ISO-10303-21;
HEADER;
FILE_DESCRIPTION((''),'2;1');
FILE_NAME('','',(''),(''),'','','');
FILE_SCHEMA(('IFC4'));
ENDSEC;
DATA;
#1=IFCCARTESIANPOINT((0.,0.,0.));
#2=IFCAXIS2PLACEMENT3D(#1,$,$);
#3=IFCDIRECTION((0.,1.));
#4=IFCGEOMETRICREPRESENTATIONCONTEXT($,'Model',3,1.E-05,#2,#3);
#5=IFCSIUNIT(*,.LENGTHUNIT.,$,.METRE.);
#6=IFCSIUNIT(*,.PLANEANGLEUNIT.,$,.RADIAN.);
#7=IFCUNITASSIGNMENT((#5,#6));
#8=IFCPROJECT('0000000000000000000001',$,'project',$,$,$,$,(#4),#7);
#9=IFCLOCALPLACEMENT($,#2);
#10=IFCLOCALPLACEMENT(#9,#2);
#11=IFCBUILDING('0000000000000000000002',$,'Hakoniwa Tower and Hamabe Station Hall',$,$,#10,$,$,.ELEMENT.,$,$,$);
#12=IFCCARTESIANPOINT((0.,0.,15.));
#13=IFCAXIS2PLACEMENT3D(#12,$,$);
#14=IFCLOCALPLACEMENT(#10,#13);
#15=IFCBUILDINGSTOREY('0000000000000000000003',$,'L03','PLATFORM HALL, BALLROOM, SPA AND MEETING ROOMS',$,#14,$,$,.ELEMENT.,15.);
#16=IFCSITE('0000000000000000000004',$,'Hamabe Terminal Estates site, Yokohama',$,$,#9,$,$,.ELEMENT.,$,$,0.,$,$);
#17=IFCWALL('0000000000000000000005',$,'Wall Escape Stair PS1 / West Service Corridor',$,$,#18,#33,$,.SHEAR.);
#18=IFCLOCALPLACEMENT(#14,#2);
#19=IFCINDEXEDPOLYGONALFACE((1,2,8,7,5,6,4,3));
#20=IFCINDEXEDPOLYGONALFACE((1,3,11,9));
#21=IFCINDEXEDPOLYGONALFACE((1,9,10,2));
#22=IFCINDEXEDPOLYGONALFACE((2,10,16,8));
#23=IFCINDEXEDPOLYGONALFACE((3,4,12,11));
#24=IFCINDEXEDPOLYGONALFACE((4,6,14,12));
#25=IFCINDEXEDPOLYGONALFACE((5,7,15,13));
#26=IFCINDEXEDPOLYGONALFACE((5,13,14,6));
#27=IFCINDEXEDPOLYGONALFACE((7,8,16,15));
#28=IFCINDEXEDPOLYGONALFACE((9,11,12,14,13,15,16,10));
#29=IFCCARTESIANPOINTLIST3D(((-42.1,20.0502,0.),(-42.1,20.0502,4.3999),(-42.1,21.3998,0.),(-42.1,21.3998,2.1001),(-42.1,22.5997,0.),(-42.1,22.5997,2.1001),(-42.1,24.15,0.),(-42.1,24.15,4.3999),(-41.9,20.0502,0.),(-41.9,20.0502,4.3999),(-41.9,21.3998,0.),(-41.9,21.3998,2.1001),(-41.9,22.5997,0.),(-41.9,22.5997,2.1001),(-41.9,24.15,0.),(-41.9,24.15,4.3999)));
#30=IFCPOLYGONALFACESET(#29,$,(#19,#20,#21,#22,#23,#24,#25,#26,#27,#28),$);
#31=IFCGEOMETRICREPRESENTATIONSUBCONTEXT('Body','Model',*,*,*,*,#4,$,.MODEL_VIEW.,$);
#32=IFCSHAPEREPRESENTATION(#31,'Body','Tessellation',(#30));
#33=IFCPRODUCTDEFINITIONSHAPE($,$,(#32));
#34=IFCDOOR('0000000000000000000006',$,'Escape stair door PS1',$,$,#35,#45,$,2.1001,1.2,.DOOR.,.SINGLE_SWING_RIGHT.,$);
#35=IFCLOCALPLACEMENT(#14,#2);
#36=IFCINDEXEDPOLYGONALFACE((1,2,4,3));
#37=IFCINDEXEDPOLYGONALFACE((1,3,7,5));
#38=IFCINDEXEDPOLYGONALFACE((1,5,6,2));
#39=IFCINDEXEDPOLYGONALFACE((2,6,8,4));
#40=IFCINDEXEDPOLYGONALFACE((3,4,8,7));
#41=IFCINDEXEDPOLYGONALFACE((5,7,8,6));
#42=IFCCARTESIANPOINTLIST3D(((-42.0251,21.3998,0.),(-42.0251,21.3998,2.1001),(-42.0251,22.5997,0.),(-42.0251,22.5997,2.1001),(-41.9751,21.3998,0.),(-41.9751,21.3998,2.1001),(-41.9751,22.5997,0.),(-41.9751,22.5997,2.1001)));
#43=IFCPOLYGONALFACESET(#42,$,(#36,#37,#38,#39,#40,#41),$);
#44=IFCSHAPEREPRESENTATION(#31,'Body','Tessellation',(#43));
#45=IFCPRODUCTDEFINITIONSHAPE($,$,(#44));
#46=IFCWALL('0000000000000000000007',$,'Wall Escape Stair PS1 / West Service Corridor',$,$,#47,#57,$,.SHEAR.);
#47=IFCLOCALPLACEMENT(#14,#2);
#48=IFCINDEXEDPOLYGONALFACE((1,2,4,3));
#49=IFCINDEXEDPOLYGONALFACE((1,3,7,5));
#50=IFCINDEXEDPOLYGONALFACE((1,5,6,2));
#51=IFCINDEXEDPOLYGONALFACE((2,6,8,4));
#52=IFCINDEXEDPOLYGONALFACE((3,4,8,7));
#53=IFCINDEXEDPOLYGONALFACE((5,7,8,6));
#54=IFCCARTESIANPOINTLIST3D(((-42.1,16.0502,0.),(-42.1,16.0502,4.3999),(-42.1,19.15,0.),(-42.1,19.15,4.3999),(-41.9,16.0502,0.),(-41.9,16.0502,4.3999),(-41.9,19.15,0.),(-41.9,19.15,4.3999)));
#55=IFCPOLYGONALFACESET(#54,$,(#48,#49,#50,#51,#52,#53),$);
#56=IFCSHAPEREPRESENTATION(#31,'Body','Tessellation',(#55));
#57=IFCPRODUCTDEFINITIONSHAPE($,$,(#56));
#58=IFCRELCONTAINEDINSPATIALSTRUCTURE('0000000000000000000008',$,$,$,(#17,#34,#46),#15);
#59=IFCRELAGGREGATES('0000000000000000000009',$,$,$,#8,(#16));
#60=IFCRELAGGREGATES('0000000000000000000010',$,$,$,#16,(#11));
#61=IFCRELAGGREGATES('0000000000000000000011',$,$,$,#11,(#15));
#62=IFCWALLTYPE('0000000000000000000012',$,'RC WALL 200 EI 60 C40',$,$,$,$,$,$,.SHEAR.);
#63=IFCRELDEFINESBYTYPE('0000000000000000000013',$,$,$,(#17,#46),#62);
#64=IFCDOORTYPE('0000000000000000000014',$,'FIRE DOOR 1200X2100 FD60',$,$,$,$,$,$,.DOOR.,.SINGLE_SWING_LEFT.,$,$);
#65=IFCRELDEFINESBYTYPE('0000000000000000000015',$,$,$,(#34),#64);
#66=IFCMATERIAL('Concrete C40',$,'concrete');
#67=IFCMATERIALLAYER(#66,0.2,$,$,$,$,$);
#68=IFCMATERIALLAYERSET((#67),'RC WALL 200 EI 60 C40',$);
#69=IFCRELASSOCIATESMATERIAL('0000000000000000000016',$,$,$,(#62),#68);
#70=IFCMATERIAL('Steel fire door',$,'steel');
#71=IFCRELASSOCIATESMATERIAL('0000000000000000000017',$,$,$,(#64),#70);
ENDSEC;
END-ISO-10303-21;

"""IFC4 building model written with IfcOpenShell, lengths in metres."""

from ifc_helpers import new_model, si_unit, direction, frame, frame_2d, origin, place, context, subcontext, project, spatial, rectangle, extrude, material, layer, layer_set, type_object, element, fill, save


model = new_model("IFC4")

# Units and contexts
model_context = context("Model", 3, precision=1e-05, world=origin(), true_north=direction((0.0, 1.0)))
body_context = subcontext(model_context, "Body", "Model", "MODEL_VIEW")
ifc_project = project(units=[si_unit("LENGTHUNIT", "METRE"), si_unit("PLANEANGLEUNIT", "RADIAN")], contexts=[model_context])

# Site, building, storey
site_placement = place(None, origin())
site = spatial("IfcSite", under=ifc_project, at=site_placement, Name="Hamabe Terminal Estates site, Yokohama", CompositionType="ELEMENT", RefElevation=0.0)
building_placement = place(site_placement, origin())
building = spatial("IfcBuilding", under=site, at=building_placement, Name="Hakoniwa Tower and Hamabe Station Hall", CompositionType="ELEMENT")
storey_placement = place(building_placement, frame((0.0, 0.0, 15.0)))
storey = spatial("IfcBuildingStorey", under=building, at=storey_placement, Name="L03", Description="PLATFORM HALL, BALLROOM, SPA AND MEETING ROOMS", CompositionType="ELEMENT", Elevation=15.0)

# Shared definitions
ifc_material_1 = material(Name="Concrete C40", Category="concrete")
ifc_layer_1 = layer(ifc_material_1, 0.2)
ifc_layer_set_1 = layer_set([ifc_layer_1], Name="RC WALL 200 EI 60 C40")
wall_type_1 = type_object("IfcWallType", Name="RC WALL 200 EI 60 C40", PredefinedType="SHEAR", material=ifc_layer_set_1)

# Wall, opening, door
wall_1_placement = place(storey_placement, frame((-42.0, 24.1499, 0.0), z_axis=(0.0, 0.0, 1.0), x_axis=(0.0, -1.0, 0.0)))
wall_1 = element("IfcWall", 1, at=wall_1_placement, inside=storey, type_object=wall_type_1, Name="Wall Escape Stair PS1 / West Service Corridor", PredefinedType="SHEAR", context=body_context, shape_type="SweptSolid", body=[
    extrude(rectangle(XDim=4.0999, YDim=0.2, at=frame_2d((2.0498, 0.0))), origin(), (0.0, 0.0, 1.0), 4.3999),
])
opening_1_placement = place(wall_1_placement, frame((1.55, 0.0, 0.0)))
opening_1 = element("IfcOpeningElement", 2, at=opening_1_placement, cuts=wall_1, PredefinedType="OPENING", context=body_context, shape_type="SweptSolid", body=[
    extrude(rectangle(XDim=1.2, YDim=2.1001, at=frame_2d((0.6001, 1.05))), frame((0.0, 0.1099, 0.0), z_axis=(0.0, -1.0, 0.0), x_axis=(1.0, 0.0, 0.0)), (0.0, 0.0, 1.0), 0.22),
])
ifc_material_2 = material(Name="Steel fire door", Category="steel")
door_type_1 = type_object("IfcDoorType", Name="FIRE DOOR 1200X2100 FD60", OperationType="SINGLE_SWING_LEFT", PredefinedType="DOOR", material=ifc_material_2)
door_1_placement = place(opening_1_placement, origin())
door_1 = element("IfcDoor", 3, at=door_1_placement, inside=storey, type_object=door_type_1, Name="Escape stair door PS1", OperationType="SINGLE_SWING_RIGHT", OverallHeight=2.1001, OverallWidth=1.2, PredefinedType="DOOR", context=body_context, shape_type="SweptSolid", body=[
    extrude(rectangle(XDim=1.2, YDim=2.1001, at=frame_2d((0.6001, 1.05))), frame((0.0, 0.0249, 0.0), z_axis=(0.0, -1.0, 0.0), x_axis=(1.0, 0.0, 0.0)), (0.0, 0.0, 1.0), 0.05),
])
fill(opening_1, door_1)

# Wall
wall_2_placement = place(storey_placement, frame((-42.0, 19.1499, 0.0), z_axis=(0.0, 0.0, 1.0), x_axis=(0.0, -1.0, 0.0)))
element("IfcWall", 4, at=wall_2_placement, inside=storey, type_object=wall_type_1, Name="Wall Escape Stair PS1 / West Service Corridor", PredefinedType="SHEAR", context=body_context, shape_type="SweptSolid", body=[
    extrude(rectangle(XDim=3.0999, YDim=0.2, at=frame_2d((1.5498, 0.0))), origin(), (0.0, 0.0, 1.0), 4.3999),
])

save(model, "model.ifc")
